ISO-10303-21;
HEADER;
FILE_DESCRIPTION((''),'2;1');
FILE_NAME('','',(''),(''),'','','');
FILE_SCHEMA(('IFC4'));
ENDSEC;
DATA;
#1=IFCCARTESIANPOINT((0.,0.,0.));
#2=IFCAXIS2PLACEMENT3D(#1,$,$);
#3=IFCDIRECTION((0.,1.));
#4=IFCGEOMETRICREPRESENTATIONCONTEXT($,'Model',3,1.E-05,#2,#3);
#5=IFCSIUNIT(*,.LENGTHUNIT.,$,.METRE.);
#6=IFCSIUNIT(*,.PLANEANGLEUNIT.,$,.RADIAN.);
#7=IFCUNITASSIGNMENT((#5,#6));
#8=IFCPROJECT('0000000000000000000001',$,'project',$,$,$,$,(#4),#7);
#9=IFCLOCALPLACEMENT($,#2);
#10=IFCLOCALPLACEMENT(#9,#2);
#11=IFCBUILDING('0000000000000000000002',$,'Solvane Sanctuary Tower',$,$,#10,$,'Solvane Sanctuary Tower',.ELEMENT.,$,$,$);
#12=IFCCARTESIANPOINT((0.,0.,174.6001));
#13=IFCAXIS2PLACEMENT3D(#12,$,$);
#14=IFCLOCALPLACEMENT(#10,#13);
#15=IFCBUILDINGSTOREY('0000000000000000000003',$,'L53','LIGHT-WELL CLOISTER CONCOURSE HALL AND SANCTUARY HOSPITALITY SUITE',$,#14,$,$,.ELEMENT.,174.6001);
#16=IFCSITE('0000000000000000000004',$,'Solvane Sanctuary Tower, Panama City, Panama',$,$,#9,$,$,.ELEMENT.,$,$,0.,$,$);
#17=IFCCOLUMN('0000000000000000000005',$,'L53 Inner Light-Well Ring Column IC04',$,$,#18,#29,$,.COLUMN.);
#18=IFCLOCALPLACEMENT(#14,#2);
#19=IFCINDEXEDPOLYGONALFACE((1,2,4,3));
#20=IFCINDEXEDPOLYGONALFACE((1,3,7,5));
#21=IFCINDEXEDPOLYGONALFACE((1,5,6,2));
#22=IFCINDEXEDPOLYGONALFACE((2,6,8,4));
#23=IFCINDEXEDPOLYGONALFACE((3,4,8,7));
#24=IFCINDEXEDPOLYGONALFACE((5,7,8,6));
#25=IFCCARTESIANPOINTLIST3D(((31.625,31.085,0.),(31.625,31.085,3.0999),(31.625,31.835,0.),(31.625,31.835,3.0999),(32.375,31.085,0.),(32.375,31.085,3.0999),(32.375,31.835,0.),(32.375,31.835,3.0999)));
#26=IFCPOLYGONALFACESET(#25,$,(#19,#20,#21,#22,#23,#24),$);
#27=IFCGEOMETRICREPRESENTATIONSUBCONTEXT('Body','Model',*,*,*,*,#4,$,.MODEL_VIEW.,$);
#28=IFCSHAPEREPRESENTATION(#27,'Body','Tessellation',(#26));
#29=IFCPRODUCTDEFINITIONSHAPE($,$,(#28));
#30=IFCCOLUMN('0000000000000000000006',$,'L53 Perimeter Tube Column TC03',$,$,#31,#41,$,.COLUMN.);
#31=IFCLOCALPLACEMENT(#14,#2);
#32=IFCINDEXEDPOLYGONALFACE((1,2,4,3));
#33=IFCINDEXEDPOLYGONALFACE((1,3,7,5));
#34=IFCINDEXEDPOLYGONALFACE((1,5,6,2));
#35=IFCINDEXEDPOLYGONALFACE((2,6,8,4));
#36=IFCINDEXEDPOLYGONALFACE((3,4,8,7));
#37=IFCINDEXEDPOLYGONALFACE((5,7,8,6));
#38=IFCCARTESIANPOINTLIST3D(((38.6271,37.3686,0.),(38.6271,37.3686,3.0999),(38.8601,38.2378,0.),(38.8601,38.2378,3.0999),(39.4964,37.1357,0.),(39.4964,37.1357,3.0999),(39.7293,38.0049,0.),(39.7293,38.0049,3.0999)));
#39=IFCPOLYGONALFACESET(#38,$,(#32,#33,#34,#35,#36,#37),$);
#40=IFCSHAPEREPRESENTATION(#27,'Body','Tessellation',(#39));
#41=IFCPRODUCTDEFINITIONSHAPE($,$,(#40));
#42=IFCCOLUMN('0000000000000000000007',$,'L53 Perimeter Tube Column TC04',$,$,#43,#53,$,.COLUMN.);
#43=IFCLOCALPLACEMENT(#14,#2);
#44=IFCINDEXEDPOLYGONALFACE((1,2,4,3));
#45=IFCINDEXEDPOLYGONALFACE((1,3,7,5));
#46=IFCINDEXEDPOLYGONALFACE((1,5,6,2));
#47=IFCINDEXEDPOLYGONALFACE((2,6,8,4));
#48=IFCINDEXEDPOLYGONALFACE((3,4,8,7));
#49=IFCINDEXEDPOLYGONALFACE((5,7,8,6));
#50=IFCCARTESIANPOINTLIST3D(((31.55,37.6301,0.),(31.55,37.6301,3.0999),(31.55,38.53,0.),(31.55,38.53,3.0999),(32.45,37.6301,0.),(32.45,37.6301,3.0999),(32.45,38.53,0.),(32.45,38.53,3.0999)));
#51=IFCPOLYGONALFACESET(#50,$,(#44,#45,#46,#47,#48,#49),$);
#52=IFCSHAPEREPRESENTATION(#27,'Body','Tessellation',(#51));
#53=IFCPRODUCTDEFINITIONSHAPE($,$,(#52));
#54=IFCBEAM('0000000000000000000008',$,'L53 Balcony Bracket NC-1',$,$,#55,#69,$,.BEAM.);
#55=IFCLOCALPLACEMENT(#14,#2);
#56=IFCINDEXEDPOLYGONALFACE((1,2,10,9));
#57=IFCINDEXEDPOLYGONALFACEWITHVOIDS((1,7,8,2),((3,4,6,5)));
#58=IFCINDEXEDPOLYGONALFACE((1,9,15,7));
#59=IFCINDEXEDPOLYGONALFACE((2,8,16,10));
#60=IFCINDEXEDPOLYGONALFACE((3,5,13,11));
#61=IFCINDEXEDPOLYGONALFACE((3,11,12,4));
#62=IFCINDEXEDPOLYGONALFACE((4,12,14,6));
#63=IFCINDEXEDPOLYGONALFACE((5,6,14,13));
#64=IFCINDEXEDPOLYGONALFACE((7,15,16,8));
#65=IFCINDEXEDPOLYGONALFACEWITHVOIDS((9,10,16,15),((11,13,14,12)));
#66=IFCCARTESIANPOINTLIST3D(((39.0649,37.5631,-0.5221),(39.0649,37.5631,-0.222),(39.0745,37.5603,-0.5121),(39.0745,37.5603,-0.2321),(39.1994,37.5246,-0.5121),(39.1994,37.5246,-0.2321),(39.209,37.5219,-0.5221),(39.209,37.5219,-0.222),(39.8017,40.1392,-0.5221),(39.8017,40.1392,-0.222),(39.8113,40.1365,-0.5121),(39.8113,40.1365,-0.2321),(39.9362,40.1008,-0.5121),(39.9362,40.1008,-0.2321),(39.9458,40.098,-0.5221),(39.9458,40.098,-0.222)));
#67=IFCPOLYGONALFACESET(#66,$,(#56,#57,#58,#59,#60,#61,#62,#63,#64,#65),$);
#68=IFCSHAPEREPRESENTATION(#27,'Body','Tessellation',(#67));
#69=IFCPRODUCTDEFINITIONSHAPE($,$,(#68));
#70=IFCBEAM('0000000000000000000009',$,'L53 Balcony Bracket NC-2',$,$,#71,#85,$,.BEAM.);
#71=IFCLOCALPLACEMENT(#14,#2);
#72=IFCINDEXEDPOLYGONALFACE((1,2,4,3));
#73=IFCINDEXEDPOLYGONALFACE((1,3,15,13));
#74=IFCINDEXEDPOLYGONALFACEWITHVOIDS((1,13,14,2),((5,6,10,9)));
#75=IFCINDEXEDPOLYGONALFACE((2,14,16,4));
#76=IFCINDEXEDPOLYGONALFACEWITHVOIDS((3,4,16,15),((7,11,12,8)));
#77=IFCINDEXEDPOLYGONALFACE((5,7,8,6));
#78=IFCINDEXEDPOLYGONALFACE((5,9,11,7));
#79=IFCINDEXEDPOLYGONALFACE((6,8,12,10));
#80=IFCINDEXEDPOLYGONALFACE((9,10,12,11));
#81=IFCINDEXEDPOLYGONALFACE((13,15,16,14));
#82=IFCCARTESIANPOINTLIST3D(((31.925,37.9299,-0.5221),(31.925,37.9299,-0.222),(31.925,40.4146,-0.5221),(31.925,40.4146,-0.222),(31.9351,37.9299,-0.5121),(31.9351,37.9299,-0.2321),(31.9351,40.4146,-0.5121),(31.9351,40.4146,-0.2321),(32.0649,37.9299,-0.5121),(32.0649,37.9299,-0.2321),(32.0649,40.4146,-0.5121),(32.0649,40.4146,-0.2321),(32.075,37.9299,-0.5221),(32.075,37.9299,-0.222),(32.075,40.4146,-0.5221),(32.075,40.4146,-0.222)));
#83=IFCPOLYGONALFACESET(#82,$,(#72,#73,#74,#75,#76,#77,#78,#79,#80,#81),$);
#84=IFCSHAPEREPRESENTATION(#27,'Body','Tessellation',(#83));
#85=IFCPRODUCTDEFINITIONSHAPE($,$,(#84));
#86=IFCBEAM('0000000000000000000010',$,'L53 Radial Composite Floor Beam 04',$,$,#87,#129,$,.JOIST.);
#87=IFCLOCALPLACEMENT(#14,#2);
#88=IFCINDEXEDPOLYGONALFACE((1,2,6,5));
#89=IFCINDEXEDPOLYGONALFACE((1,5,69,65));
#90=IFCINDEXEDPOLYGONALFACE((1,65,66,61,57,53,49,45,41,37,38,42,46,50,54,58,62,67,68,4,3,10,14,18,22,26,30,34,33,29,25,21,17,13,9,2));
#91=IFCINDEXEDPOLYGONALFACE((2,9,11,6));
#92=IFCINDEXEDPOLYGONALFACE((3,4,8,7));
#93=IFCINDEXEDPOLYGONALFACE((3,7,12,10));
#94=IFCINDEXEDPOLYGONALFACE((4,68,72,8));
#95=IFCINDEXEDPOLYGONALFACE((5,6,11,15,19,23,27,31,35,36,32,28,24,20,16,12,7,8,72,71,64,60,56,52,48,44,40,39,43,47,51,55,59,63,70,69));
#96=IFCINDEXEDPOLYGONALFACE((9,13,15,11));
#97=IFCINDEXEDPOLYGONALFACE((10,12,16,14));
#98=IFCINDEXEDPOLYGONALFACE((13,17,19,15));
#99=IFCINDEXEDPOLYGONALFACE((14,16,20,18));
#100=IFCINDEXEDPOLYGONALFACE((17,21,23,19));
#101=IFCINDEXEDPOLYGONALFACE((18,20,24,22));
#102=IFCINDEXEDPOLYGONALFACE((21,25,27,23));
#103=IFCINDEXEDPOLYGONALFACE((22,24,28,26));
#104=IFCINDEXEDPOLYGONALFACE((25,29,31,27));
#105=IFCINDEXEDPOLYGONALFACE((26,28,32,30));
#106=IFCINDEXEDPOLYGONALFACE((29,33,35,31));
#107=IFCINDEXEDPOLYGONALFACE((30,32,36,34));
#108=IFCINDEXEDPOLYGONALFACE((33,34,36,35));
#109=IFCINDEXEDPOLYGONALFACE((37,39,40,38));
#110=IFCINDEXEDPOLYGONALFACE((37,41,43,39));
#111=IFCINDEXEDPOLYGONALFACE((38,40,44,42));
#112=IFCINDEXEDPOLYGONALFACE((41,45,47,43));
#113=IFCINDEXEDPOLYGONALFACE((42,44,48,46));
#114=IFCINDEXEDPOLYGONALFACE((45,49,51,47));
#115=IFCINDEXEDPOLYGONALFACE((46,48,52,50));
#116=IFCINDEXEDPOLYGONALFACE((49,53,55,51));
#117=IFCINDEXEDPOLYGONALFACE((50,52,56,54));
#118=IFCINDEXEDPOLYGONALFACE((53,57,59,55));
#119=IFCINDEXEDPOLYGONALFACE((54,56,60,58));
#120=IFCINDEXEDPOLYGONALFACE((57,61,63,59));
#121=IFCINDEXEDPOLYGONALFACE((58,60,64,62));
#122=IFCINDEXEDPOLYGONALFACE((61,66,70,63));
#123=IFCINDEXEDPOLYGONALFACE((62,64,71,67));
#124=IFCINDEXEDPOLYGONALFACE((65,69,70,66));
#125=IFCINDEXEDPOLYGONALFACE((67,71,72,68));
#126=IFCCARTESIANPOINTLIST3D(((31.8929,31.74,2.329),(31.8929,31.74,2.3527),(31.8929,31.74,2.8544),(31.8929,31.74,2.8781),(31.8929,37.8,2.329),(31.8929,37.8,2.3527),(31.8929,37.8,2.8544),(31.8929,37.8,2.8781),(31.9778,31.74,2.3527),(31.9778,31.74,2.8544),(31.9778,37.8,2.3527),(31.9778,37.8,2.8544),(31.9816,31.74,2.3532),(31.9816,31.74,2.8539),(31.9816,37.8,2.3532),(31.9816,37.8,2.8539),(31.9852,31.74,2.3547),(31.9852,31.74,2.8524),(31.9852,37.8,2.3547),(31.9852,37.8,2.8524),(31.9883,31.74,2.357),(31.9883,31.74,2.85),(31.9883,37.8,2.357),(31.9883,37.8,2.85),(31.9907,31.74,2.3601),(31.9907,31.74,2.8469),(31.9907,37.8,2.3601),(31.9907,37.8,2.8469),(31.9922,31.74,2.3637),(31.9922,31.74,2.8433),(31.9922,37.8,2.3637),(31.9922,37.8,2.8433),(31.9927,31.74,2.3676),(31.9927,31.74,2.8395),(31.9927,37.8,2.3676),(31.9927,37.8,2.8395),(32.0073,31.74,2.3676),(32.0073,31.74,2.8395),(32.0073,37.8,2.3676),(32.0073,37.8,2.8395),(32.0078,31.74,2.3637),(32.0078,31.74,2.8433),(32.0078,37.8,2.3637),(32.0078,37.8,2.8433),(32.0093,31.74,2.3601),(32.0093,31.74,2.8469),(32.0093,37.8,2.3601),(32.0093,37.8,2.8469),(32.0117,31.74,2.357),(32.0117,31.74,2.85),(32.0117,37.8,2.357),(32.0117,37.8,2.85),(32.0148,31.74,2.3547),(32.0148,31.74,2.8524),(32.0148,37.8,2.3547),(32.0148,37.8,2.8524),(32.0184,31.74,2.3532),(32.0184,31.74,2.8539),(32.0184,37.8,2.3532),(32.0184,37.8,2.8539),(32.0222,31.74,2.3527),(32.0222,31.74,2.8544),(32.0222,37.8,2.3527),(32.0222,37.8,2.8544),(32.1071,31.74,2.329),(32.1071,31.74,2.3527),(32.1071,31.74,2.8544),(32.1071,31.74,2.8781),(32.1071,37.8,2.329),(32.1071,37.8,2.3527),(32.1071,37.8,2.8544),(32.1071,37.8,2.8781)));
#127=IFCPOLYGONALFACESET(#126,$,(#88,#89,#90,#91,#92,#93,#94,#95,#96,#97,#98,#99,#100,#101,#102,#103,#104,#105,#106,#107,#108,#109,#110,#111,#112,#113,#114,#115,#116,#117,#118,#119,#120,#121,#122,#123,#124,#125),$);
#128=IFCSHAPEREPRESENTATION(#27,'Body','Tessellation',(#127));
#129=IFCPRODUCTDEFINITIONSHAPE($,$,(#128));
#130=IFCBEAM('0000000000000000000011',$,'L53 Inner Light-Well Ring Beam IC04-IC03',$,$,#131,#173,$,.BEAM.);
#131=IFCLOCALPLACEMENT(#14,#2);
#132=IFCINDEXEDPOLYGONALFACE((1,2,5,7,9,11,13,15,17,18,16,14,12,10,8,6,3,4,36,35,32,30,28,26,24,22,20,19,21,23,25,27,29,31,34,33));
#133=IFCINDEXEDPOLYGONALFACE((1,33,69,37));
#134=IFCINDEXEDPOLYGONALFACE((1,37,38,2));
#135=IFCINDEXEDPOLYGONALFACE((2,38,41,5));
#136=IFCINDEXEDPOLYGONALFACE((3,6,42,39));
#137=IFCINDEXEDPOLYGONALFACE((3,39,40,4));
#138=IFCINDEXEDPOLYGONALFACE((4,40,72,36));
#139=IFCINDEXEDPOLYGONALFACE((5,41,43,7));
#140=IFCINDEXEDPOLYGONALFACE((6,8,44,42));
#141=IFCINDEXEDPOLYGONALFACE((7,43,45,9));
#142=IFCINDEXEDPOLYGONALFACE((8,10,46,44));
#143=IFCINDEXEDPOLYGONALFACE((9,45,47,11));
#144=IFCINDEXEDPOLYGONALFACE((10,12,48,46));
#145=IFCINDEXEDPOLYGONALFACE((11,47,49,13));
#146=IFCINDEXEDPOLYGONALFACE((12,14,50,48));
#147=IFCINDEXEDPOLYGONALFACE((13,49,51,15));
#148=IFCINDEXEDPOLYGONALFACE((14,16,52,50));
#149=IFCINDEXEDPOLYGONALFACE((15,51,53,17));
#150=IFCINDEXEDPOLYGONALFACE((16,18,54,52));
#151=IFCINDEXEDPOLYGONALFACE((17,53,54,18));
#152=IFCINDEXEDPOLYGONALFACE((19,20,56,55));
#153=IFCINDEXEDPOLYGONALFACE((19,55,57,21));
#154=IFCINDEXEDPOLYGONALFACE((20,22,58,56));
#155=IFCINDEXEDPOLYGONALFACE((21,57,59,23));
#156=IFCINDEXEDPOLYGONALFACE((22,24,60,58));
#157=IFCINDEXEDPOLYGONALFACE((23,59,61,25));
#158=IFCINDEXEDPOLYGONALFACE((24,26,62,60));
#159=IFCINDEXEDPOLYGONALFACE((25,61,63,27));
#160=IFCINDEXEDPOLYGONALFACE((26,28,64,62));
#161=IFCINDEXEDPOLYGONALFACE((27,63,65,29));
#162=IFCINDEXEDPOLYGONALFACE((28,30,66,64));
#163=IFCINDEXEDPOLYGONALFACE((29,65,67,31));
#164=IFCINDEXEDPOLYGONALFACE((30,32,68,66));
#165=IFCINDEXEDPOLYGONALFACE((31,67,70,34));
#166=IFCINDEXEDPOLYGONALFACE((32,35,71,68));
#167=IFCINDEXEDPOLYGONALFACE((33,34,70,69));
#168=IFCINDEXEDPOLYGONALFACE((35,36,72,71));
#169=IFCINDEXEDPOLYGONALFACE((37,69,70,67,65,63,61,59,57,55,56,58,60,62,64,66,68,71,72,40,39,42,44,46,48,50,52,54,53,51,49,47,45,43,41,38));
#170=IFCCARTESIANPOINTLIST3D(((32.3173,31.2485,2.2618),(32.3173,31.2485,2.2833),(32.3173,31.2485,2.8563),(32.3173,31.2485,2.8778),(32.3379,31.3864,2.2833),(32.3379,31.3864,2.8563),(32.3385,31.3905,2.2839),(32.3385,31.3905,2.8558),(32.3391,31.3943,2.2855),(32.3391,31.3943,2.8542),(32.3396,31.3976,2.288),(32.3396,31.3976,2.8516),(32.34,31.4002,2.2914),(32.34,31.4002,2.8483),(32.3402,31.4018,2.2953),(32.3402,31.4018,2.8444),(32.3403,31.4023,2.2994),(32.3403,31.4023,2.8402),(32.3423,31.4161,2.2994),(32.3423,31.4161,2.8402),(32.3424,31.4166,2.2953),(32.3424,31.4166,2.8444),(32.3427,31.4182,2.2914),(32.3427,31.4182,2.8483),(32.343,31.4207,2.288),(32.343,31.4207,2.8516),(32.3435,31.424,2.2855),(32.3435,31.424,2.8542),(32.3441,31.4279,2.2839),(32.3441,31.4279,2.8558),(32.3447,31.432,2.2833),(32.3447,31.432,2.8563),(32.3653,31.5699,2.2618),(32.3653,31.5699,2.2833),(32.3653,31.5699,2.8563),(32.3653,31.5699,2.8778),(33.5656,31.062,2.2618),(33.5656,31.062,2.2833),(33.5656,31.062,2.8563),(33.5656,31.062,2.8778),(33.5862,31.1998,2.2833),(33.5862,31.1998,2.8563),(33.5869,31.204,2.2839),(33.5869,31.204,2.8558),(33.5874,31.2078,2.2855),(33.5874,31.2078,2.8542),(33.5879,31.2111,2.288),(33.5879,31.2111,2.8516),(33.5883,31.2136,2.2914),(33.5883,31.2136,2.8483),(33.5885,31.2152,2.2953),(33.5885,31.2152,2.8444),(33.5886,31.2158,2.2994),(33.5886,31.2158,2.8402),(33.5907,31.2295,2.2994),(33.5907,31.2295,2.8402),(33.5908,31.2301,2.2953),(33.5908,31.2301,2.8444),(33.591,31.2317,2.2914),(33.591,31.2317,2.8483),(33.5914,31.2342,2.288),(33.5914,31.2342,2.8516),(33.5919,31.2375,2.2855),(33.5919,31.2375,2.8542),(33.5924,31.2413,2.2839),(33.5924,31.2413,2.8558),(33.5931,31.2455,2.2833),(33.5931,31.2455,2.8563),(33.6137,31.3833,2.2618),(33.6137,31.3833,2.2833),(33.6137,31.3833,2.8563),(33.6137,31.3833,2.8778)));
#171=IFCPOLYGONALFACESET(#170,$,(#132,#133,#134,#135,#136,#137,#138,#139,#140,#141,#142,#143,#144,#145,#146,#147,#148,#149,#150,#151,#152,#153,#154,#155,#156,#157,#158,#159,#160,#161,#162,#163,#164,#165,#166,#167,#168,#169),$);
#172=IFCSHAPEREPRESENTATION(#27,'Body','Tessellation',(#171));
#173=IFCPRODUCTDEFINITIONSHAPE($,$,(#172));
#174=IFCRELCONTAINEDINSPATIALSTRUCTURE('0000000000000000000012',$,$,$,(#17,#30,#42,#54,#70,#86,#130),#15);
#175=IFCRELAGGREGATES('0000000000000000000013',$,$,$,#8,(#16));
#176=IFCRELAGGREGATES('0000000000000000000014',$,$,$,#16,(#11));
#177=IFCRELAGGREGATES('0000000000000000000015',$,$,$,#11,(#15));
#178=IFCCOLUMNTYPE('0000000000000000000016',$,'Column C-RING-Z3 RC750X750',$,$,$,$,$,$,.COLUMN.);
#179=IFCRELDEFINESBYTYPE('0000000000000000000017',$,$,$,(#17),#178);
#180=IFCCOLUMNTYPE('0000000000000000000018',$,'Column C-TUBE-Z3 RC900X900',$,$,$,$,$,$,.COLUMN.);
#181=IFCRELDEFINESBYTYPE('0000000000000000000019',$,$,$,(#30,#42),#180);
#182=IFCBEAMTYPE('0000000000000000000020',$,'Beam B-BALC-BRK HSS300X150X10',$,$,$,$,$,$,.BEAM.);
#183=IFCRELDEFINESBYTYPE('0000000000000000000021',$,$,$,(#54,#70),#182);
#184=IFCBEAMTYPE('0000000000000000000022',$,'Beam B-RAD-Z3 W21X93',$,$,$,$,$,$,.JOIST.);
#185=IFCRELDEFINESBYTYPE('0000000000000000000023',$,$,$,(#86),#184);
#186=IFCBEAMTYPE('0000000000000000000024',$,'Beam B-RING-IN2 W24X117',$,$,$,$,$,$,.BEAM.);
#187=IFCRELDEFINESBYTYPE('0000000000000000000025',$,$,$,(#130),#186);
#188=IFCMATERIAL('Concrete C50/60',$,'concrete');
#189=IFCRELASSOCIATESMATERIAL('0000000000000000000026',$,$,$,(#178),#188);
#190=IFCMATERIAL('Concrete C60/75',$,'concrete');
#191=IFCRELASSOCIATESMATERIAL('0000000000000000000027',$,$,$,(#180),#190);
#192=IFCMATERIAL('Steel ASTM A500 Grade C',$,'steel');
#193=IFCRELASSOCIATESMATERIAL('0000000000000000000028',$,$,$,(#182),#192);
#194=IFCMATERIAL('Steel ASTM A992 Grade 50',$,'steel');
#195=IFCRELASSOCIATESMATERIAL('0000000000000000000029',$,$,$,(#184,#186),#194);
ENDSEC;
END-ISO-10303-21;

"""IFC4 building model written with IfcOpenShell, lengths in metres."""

from ifc_helpers import new_model, si_unit, direction, frame, origin, origin_2d, place, context, subcontext, project, spatial, rectangle, hollow_rectangle, i_section, extrude, material, material_profile, profile_set, type_object, element, save


model = new_model("IFC4")

# Units and contexts
model_context = context("Model", 3, precision=1e-05, world=origin(), true_north=direction((0.0, 1.0)))
body_context = subcontext(model_context, "Body", "Model", "MODEL_VIEW")
ifc_project = project(units=[si_unit("LENGTHUNIT", "METRE"), si_unit("PLANEANGLEUNIT", "RADIAN")], contexts=[model_context])

# Site, building, storey
site_placement = place(None, origin())
site = spatial("IfcSite", under=ifc_project, at=site_placement, Name="Solvane Sanctuary Tower, Panama City, Panama", CompositionType="ELEMENT", RefElevation=0.0)
building_placement = place(site_placement, origin())
building = spatial("IfcBuilding", under=site, at=building_placement, Name="Solvane Sanctuary Tower", LongName="Solvane Sanctuary Tower", CompositionType="ELEMENT")
storey_placement = place(building_placement, frame((0.0, 0.0, 174.6001)))
storey = spatial("IfcBuildingStorey", under=building, at=storey_placement, Name="L53", Description="LIGHT-WELL CLOISTER CONCOURSE HALL AND SANCTUARY HOSPITALITY SUITE", CompositionType="ELEMENT", Elevation=174.6001)

# Columns
ifc_material_1 = material(Name="Concrete C50/60", Category="concrete")
ifc_material_profile_1 = material_profile(ifc_material_1, rectangle(XDim=0.75, YDim=0.75, at=origin_2d()), Name="RC750X750")
ifc_profile_set_1 = profile_set([ifc_material_profile_1], Name="Concrete C50/60")
column_type_1 = type_object("IfcColumnType", Name="Column C-RING-Z3 RC750X750", PredefinedType="COLUMN", material=ifc_profile_set_1)
column_placement = place(storey_placement, frame((32.0, 31.46, 0.0), z_axis=(0.0, 0.0, 1.0), x_axis=(1.0, 0.0, 0.0)))
element("IfcColumn", 1, at=column_placement, inside=storey, type_object=column_type_1, Name="L53 Inner Light-Well Ring Column IC04", PredefinedType="COLUMN", context=body_context, shape_type="SweptSolid", body=[
    extrude(rectangle(XDim=0.75, YDim=0.75, at=origin_2d()), origin(), (0.0, 0.0, 1.0), 3.0999),
])
ifc_material_2 = material(Name="Concrete C60/75", Category="concrete")
ifc_material_profile_2 = material_profile(ifc_material_2, rectangle(XDim=0.8999, YDim=0.8999, at=origin_2d()), Name="RC900X900")
ifc_profile_set_2 = profile_set([ifc_material_profile_2], Name="Concrete C60/75")
column_type_2 = type_object("IfcColumnType", Name="Column C-TUBE-Z3 RC900X900", PredefinedType="COLUMN", material=ifc_profile_set_2)
for number, where, z_axis, x_axis, name in (
    (2, (39.1782, 37.6868, 0.0), (0.0, 0.0, 1.0), (0.258819, 0.965926, 0.0), "L53 Perimeter Tube Column TC03"),
    (3, (32.0, 38.0801, 0.0), (0.0, 0.0, 1.0), (0.0, 1.0, 0.0), "L53 Perimeter Tube Column TC04"),
):
    element("IfcColumn", number, at=place(storey_placement, frame(where, z_axis=z_axis, x_axis=x_axis)), inside=storey, type_object=column_type_2, Name=name, PredefinedType="COLUMN", context=body_context, shape_type="SweptSolid", body=[
        extrude(rectangle(XDim=0.8999, YDim=0.8999, at=origin_2d()), origin(), (0.0, 0.0, 1.0), 3.0999),
    ])

# Beams
ifc_material_3 = material(Name="Steel ASTM A500 Grade C", Category="steel")
ifc_material_profile_3 = material_profile(ifc_material_3, hollow_rectangle(XDim=0.1499, YDim=0.3, WallThickness=0.01, at=origin_2d()), Name="HSS300X150X10")
ifc_profile_set_3 = profile_set([ifc_material_profile_3], Name="Steel ASTM A500 Grade C")
beam_type_1 = type_object("IfcBeamType", Name="Beam B-BALC-BRK HSS300X150X10", PredefinedType="BEAM", material=ifc_profile_set_3)
beam_1_placement = place(storey_placement, frame((39.137, 37.5425, -0.3721), z_axis=(0.274986, 0.961448, 0.0), x_axis=(-0.961448, 0.274986, 0.0)))
element("IfcBeam", 4, at=beam_1_placement, inside=storey, type_object=beam_type_1, Name="L53 Balcony Bracket NC-1", PredefinedType="BEAM", context=body_context, shape_type="SweptSolid", body=[
    extrude(hollow_rectangle(XDim=0.1499, YDim=0.3, WallThickness=0.01, at=origin_2d()), origin(), (0.0, 0.0, 1.0), 2.6794),
])
beam_2_placement = place(storey_placement, frame((32.0, 37.9299, -0.3721), z_axis=(0.0, 1.0, 0.0), x_axis=(-1.0, 0.0, 0.0)))
element("IfcBeam", 5, at=beam_2_placement, inside=storey, type_object=beam_type_1, Name="L53 Balcony Bracket NC-2", PredefinedType="BEAM", context=body_context, shape_type="SweptSolid", body=[
    extrude(hollow_rectangle(XDim=0.1499, YDim=0.3, WallThickness=0.01, at=origin_2d()), origin(), (0.0, 0.0, 1.0), 2.4846),
])
ifc_material_4 = material(Name="Steel ASTM A992 Grade 50", Category="steel")
ifc_material_profile_4 = material_profile(ifc_material_4, i_section(OverallWidth=0.2141, OverallDepth=0.5491, WebThickness=0.0146, FlangeThickness=0.0237, FilletRadius=0.0149, at=origin_2d()), Name="W21X93")
ifc_profile_set_4 = profile_set([ifc_material_profile_4], Name="Steel ASTM A992 Grade 50")
beam_type_2 = type_object("IfcBeamType", Name="Beam B-RAD-Z3 W21X93", PredefinedType="JOIST", material=ifc_profile_set_4)
beam_3_placement = place(storey_placement, frame((32.0, 31.74, 2.6035), z_axis=(0.0, 1.0, 0.0), x_axis=(-1.0, 0.0, 0.0)))
element("IfcBeam", 6, at=beam_3_placement, inside=storey, type_object=beam_type_2, Name="L53 Radial Composite Floor Beam 04", PredefinedType="JOIST", context=body_context, shape_type="SweptSolid", body=[
    extrude(i_section(OverallWidth=0.2141, OverallDepth=0.5491, WebThickness=0.0146, FlangeThickness=0.0237, FilletRadius=0.0149, at=origin_2d()), origin(), (0.0, 0.0, 1.0), 6.0601),
])
ifc_material_profile_5 = material_profile(ifc_material_4, i_section(OverallWidth=0.325, OverallDepth=0.616, WebThickness=0.0139, FlangeThickness=0.0215, FilletRadius=0.0161, at=origin_2d()), Name="W24X117")
ifc_profile_set_5 = profile_set([ifc_material_profile_5], Name="Steel ASTM A992 Grade 50")
beam_type_3 = type_object("IfcBeamType", Name="Beam B-RING-IN2 W24X117", PredefinedType="BEAM", material=ifc_profile_set_5)
beam_4_placement = place(storey_placement, frame((32.3413, 31.4092, 2.5698), z_axis=(0.98902, -0.147782, 0.0), x_axis=(0.147782, 0.98902, 0.0)))
element("IfcBeam", 7, at=beam_4_placement, inside=storey, type_object=beam_type_3, Name="L53 Inner Light-Well Ring Beam IC04-IC03", PredefinedType="BEAM", context=body_context, shape_type="SweptSolid", body=[
    extrude(i_section(OverallWidth=0.325, OverallDepth=0.616, WebThickness=0.0139, FlangeThickness=0.0215, FilletRadius=0.0161, at=origin_2d()), origin(), (0.0, 0.0, 1.0), 1.2622),
])

save(model, "model.ifc")
